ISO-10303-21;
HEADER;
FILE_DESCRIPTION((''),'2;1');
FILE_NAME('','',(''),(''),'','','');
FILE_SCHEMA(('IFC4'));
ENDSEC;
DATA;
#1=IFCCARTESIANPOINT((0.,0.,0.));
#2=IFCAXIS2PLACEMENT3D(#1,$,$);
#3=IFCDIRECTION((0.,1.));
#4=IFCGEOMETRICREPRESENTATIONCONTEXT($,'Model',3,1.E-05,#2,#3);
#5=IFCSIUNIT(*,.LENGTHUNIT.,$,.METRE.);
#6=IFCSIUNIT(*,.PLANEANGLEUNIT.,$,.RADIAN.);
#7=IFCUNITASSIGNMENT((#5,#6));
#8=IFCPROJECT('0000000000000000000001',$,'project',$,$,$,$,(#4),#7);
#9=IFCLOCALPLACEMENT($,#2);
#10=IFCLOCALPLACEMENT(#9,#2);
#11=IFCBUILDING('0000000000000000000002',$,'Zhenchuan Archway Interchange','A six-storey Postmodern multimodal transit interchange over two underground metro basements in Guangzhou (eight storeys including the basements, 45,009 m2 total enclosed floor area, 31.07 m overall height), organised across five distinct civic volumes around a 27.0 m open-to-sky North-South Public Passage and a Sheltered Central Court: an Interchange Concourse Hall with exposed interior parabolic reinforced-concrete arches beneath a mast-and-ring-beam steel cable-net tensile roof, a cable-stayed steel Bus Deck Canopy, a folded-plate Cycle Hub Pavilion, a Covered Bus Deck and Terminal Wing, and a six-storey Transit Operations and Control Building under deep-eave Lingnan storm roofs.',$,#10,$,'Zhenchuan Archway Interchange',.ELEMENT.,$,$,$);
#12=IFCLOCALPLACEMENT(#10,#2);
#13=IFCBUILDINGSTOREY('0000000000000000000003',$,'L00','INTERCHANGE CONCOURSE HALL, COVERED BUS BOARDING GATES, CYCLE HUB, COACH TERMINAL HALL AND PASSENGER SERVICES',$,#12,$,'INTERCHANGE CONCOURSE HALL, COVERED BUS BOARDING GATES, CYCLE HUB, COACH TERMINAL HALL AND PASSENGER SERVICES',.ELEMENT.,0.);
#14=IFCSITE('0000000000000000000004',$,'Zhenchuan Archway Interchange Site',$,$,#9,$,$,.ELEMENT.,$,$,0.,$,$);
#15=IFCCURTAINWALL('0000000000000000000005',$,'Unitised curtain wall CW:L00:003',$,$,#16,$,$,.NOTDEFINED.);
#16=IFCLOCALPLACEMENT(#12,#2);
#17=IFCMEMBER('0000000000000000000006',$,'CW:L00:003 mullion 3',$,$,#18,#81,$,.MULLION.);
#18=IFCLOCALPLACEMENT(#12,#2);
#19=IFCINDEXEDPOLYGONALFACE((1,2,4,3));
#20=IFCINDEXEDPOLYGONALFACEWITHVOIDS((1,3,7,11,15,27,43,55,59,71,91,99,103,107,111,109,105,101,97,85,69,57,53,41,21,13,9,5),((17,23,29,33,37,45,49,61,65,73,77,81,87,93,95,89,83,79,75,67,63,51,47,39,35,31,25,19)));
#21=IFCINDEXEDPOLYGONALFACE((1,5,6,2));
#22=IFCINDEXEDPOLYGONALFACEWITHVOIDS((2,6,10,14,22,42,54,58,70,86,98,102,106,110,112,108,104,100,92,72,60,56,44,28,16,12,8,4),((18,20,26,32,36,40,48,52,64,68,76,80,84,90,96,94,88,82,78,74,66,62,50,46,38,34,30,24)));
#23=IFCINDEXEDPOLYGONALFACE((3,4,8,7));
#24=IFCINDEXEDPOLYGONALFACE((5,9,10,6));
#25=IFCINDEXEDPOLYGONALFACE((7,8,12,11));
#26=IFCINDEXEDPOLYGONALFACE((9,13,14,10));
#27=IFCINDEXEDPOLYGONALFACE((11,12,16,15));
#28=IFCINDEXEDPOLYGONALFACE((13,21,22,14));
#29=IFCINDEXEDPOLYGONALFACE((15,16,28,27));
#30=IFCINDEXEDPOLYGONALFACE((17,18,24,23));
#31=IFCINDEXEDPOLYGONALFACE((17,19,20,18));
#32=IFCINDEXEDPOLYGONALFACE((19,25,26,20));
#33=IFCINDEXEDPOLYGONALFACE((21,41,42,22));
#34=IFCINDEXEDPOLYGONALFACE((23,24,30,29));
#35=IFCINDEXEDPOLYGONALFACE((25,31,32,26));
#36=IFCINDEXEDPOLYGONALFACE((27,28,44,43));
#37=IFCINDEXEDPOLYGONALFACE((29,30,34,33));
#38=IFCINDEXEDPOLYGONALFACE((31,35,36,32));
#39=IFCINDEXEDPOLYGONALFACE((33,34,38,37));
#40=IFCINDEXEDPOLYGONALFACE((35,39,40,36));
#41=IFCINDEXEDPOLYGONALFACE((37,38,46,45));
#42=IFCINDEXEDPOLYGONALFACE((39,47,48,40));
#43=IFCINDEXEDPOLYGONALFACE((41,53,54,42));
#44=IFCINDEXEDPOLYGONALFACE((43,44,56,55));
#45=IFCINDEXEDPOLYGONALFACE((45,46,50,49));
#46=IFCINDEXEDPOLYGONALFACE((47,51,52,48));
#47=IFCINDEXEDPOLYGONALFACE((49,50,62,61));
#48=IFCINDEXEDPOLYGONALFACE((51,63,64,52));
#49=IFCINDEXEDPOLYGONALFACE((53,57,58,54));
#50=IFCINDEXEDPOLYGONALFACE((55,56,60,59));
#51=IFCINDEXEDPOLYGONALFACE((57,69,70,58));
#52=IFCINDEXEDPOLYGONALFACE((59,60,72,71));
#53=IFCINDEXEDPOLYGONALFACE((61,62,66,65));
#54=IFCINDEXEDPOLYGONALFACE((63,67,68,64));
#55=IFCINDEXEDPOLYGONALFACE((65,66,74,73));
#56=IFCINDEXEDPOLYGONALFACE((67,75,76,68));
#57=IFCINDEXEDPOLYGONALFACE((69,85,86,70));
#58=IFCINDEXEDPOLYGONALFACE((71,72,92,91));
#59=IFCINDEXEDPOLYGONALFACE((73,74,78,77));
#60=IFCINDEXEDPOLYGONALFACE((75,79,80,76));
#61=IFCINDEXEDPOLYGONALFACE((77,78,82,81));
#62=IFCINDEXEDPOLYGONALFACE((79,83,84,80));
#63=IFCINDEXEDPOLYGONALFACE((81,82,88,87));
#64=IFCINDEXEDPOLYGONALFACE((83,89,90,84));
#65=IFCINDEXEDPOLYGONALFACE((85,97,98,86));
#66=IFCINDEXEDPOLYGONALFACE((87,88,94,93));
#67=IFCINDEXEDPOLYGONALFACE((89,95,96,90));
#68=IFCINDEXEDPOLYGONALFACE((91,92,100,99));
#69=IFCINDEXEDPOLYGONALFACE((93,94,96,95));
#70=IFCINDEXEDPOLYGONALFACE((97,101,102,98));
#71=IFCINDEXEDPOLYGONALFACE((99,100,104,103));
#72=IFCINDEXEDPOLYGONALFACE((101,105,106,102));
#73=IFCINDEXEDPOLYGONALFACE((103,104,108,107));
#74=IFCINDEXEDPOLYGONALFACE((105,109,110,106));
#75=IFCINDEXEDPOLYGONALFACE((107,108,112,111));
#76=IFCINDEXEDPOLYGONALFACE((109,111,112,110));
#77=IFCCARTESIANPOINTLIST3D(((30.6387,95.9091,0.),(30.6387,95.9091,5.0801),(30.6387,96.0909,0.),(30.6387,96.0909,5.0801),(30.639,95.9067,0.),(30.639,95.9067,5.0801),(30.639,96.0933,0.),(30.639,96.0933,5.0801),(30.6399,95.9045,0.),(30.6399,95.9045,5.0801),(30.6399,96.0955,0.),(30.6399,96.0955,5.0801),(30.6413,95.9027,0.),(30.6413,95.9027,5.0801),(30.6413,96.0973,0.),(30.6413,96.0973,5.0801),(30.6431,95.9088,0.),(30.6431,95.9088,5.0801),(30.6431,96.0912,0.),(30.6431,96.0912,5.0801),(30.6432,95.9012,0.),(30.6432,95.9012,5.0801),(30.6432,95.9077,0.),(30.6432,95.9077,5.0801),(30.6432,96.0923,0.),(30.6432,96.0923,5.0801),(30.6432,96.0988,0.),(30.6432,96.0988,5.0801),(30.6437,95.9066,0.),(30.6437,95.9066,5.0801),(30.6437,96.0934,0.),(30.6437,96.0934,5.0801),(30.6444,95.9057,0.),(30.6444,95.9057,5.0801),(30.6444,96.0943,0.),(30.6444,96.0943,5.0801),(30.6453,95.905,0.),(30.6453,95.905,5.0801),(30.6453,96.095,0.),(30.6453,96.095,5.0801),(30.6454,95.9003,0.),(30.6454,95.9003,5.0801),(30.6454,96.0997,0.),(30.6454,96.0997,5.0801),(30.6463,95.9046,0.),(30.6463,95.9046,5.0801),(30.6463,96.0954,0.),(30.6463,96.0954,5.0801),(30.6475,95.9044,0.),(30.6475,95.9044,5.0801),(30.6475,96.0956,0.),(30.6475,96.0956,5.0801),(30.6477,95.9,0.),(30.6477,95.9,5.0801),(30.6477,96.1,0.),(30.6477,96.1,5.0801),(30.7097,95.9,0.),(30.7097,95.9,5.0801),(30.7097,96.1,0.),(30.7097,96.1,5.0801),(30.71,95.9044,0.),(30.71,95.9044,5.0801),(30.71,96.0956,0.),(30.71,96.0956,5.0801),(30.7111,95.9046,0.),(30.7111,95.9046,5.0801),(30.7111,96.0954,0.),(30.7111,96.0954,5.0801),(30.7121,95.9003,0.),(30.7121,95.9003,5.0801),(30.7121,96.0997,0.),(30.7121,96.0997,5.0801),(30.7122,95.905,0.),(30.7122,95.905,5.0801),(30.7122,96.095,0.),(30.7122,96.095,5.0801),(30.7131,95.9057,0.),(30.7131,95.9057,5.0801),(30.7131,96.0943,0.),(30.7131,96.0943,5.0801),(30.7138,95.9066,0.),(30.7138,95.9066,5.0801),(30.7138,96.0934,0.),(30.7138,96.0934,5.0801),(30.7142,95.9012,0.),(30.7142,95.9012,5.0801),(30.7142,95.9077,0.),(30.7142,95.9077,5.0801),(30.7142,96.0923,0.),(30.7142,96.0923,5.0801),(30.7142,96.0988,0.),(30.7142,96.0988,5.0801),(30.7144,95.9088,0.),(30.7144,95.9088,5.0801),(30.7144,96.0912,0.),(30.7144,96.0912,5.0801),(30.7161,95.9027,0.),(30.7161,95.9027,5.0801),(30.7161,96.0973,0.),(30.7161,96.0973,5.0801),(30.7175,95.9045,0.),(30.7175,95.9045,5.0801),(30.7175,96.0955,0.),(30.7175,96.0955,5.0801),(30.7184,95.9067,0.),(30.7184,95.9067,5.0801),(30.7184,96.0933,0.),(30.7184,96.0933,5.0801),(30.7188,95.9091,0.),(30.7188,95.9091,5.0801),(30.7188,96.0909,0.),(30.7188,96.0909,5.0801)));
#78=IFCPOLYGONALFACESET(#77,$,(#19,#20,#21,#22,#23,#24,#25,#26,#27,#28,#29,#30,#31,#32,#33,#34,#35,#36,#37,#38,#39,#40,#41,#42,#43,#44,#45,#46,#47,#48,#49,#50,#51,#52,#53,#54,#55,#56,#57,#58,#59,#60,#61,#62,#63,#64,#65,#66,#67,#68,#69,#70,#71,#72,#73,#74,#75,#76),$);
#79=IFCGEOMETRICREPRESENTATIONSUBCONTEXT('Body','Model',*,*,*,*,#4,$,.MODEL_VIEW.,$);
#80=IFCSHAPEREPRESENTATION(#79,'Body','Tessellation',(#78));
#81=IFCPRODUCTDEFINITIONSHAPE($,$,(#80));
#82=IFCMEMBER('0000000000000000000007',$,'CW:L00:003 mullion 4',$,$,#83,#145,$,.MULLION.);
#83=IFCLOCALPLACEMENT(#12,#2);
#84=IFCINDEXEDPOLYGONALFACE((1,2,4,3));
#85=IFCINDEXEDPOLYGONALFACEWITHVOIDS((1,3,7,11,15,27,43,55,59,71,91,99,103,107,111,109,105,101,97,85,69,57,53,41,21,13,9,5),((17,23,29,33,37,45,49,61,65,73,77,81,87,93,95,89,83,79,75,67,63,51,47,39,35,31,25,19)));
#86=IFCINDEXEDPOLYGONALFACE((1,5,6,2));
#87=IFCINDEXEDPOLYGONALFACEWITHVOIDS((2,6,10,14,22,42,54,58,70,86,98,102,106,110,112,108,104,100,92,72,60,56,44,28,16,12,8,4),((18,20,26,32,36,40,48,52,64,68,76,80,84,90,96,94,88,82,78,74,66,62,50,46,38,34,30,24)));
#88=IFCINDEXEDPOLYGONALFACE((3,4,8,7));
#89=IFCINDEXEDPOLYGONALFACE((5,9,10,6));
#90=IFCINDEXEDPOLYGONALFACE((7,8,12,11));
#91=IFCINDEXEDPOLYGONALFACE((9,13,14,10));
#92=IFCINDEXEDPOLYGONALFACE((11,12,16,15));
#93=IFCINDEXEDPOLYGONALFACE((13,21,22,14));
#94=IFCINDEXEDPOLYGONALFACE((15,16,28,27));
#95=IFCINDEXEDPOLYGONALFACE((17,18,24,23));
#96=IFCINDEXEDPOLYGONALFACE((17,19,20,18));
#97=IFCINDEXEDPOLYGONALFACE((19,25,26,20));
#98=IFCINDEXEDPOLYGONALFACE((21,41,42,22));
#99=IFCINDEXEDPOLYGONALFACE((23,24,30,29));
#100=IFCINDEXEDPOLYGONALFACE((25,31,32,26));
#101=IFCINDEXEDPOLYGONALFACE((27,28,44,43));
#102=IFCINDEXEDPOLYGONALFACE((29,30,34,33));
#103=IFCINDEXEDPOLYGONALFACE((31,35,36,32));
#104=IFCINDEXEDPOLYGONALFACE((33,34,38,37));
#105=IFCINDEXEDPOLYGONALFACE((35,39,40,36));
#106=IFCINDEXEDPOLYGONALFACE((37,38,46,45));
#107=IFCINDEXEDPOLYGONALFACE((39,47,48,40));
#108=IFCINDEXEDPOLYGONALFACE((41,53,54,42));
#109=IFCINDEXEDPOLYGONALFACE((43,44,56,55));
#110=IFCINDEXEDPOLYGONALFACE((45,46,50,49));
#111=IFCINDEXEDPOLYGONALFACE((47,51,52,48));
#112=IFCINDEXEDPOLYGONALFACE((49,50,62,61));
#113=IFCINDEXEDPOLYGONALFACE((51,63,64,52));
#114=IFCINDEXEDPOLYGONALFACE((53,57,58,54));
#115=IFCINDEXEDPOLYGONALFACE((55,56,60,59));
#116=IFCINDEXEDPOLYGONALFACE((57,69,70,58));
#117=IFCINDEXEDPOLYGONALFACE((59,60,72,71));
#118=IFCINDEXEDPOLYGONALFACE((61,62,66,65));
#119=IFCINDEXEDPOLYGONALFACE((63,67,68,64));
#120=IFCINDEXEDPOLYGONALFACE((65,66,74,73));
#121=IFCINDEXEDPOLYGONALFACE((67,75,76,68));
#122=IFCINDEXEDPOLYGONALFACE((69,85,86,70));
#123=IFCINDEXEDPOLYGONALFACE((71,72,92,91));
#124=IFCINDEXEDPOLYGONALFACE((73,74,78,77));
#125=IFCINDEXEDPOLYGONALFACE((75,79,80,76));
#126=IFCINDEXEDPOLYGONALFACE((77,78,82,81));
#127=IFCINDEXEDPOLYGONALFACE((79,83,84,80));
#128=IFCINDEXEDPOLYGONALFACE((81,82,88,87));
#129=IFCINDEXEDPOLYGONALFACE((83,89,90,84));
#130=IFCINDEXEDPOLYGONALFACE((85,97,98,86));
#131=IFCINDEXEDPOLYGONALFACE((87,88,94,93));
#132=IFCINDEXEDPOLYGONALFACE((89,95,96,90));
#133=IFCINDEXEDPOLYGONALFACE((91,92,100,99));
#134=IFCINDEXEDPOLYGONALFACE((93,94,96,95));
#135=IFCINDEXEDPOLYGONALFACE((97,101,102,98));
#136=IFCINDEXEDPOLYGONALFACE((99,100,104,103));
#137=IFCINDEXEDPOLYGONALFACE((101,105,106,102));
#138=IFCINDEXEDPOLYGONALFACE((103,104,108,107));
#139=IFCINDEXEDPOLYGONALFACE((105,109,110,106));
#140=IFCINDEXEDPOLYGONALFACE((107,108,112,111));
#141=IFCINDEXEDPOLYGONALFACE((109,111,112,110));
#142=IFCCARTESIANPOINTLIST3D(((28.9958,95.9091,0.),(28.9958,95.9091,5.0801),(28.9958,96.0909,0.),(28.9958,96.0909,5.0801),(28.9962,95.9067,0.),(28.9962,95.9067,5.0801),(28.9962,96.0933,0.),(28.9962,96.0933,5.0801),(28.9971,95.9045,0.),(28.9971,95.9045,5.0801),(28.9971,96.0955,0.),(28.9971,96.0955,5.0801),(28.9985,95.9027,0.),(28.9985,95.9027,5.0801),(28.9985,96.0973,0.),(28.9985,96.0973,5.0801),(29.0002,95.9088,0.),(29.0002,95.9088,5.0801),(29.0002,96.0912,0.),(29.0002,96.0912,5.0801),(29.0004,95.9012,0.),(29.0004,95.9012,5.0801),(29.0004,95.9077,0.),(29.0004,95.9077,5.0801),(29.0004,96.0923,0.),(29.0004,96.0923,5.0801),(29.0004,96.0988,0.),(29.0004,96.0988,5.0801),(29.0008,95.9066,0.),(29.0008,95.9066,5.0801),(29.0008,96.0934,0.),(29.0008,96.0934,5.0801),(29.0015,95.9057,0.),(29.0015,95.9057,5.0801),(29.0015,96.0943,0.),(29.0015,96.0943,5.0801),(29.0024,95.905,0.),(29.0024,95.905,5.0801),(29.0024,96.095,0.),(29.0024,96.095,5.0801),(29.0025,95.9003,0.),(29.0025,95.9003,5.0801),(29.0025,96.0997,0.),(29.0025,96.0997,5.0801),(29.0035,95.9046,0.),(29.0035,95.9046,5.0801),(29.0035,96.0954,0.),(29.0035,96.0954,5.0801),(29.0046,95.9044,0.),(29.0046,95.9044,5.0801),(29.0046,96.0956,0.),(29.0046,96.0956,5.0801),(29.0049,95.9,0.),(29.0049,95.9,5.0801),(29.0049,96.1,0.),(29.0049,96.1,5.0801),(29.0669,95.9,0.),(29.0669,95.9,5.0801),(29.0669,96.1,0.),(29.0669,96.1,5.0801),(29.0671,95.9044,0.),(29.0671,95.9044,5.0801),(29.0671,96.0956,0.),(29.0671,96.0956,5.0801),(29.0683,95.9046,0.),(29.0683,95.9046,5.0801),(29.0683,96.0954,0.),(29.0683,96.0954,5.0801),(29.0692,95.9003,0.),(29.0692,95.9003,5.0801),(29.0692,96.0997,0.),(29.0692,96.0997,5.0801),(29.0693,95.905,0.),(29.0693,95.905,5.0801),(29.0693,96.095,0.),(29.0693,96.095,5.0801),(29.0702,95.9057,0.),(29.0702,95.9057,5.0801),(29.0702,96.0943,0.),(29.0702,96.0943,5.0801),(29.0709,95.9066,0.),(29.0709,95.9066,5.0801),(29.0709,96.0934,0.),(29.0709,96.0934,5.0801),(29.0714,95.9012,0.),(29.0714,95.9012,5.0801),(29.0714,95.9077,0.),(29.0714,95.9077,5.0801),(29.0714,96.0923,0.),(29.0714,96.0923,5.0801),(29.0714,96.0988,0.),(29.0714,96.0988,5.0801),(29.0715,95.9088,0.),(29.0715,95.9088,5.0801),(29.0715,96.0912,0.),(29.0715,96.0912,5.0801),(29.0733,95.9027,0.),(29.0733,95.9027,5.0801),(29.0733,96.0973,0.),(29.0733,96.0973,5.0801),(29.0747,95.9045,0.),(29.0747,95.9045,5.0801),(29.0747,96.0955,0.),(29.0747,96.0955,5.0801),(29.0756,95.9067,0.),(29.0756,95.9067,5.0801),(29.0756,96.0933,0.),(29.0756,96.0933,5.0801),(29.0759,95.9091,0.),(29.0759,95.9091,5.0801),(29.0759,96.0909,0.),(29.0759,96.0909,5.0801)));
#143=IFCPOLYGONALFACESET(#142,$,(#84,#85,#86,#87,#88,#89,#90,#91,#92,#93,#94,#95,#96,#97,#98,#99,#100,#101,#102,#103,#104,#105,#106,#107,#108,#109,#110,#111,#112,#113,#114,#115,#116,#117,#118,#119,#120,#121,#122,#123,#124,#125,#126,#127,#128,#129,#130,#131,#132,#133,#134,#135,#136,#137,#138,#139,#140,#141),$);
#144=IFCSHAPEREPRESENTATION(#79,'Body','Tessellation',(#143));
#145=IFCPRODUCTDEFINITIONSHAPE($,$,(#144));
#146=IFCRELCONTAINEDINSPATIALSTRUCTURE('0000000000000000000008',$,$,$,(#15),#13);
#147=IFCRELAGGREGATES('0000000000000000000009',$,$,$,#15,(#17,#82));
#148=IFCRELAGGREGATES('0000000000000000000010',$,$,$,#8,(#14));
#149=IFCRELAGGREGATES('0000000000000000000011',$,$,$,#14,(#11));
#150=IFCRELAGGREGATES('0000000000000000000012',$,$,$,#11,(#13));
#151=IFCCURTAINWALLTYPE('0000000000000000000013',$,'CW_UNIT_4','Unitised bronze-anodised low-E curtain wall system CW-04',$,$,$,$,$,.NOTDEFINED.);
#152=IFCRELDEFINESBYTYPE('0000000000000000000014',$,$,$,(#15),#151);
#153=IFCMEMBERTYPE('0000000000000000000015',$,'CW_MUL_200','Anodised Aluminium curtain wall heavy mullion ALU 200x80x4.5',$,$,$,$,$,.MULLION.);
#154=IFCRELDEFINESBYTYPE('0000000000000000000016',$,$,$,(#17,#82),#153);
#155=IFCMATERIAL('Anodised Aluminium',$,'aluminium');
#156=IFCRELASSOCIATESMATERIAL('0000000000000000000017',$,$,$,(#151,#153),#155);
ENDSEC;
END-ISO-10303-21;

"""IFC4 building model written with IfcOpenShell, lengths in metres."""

from ifc_helpers import new_model, si_unit, direction, frame, origin, origin_2d, place, context, subcontext, project, spatial, hollow_rectangle, extrude, material, material_profile, profile_set, type_object, element, aggregate, save


model = new_model("IFC4")

# Units and contexts
model_context = context("Model", 3, precision=1e-05, world=origin(), true_north=direction((0.0, 1.0)))
body_context = subcontext(model_context, "Body", "Model", "MODEL_VIEW")
ifc_project = project(units=[si_unit("LENGTHUNIT", "METRE"), si_unit("PLANEANGLEUNIT", "RADIAN")], contexts=[model_context])

# Site, building, storey
site_placement = place(None, origin())
site = spatial("IfcSite", under=ifc_project, at=site_placement, Name="Zhenchuan Archway Interchange Site", CompositionType="ELEMENT", RefElevation=0.0)
building_placement = place(site_placement, origin())
building = spatial("IfcBuilding", under=site, at=building_placement, Name="Zhenchuan Archway Interchange", Description="A six-storey Postmodern multimodal transit interchange over two underground metro basements in Guangzhou (eight storeys including the basements, 45,009 m2 total enclosed floor area, 31.07 m overall height), organised across five distinct civic volumes around a 27.0 m open-to-sky North-South Public Passage and a Sheltered Central Court: an Interchange Concourse Hall with exposed interior parabolic reinforced-concrete arches beneath a mast-and-ring-beam steel cable-net tensile roof, a cable-stayed steel Bus Deck Canopy, a folded-plate Cycle Hub Pavilion, a Covered Bus Deck and Terminal Wing, and a six-storey Transit Operations and Control Building under deep-eave Lingnan storm roofs.", LongName="Zhenchuan Archway Interchange", CompositionType="ELEMENT")
storey_placement = place(building_placement, origin())
storey = spatial("IfcBuildingStorey", under=building, at=storey_placement, Name="L00", Description="INTERCHANGE CONCOURSE HALL, COVERED BUS BOARDING GATES, CYCLE HUB, COACH TERMINAL HALL AND PASSENGER SERVICES", LongName="INTERCHANGE CONCOURSE HALL, COVERED BUS BOARDING GATES, CYCLE HUB, COACH TERMINAL HALL AND PASSENGER SERVICES", CompositionType="ELEMENT", Elevation=0.0)

# Curtain wall, members
ifc_material_1 = material(Name="Anodised Aluminium", Category="aluminium")
curtain_wall_type = type_object("IfcCurtainWallType", Name="CW_UNIT_4", Description="Unitised bronze-anodised low-E curtain wall system CW-04", PredefinedType="NOTDEFINED", material=ifc_material_1)
curtain_wall_placement = place(storey_placement, origin())
curtain_wall = element("IfcCurtainWall", 1, at=curtain_wall_placement, inside=storey, type_object=curtain_wall_type, Name="Unitised curtain wall CW:L00:003", PredefinedType="NOTDEFINED")
ifc_material_profile_1 = material_profile(ifc_material_1, hollow_rectangle(XDim=0.0801, YDim=0.2, WallThickness=0.0044, InnerFilletRadius=0.0044, OuterFilletRadius=0.009, at=origin_2d()), Name="ALU 200x80x4.5")
ifc_profile_set_1 = profile_set([ifc_material_profile_1], Name="Anodised Aluminium")
member_type_1 = type_object("IfcMemberType", Name="CW_MUL_200", Description="Anodised Aluminium curtain wall heavy mullion ALU 200x80x4.5", PredefinedType="MULLION", material=ifc_profile_set_1)
member_1_placement = place(storey_placement, frame((30.6787, 96.0, 0.0), z_axis=(0.0, 0.0, 1.0), x_axis=(1.0, 0.0, 0.0)))
member_1 = element("IfcMember", 2, at=member_1_placement, type_object=member_type_1, Name="CW:L00:003 mullion 3", PredefinedType="MULLION", context=body_context, shape_type="SweptSolid", body=[
    extrude(hollow_rectangle(XDim=0.0801, YDim=0.2, WallThickness=0.0044, InnerFilletRadius=0.0044, OuterFilletRadius=0.009, at=origin_2d()), origin(), (0.0, 0.0, 1.0), 5.0801),
])
member_2_placement = place(storey_placement, frame((29.0359, 96.0, 0.0), z_axis=(0.0, 0.0, 1.0), x_axis=(1.0, 0.0, 0.0)))
member_2 = element("IfcMember", 3, at=member_2_placement, type_object=member_type_1, Name="CW:L00:003 mullion 4", PredefinedType="MULLION", context=body_context, shape_type="SweptSolid", body=[
    extrude(hollow_rectangle(XDim=0.0801, YDim=0.2, WallThickness=0.0044, InnerFilletRadius=0.0044, OuterFilletRadius=0.009, at=origin_2d()), origin(), (0.0, 0.0, 1.0), 5.0801),
])

aggregate(curtain_wall, [member_1, member_2])

save(model, "model.ifc")
